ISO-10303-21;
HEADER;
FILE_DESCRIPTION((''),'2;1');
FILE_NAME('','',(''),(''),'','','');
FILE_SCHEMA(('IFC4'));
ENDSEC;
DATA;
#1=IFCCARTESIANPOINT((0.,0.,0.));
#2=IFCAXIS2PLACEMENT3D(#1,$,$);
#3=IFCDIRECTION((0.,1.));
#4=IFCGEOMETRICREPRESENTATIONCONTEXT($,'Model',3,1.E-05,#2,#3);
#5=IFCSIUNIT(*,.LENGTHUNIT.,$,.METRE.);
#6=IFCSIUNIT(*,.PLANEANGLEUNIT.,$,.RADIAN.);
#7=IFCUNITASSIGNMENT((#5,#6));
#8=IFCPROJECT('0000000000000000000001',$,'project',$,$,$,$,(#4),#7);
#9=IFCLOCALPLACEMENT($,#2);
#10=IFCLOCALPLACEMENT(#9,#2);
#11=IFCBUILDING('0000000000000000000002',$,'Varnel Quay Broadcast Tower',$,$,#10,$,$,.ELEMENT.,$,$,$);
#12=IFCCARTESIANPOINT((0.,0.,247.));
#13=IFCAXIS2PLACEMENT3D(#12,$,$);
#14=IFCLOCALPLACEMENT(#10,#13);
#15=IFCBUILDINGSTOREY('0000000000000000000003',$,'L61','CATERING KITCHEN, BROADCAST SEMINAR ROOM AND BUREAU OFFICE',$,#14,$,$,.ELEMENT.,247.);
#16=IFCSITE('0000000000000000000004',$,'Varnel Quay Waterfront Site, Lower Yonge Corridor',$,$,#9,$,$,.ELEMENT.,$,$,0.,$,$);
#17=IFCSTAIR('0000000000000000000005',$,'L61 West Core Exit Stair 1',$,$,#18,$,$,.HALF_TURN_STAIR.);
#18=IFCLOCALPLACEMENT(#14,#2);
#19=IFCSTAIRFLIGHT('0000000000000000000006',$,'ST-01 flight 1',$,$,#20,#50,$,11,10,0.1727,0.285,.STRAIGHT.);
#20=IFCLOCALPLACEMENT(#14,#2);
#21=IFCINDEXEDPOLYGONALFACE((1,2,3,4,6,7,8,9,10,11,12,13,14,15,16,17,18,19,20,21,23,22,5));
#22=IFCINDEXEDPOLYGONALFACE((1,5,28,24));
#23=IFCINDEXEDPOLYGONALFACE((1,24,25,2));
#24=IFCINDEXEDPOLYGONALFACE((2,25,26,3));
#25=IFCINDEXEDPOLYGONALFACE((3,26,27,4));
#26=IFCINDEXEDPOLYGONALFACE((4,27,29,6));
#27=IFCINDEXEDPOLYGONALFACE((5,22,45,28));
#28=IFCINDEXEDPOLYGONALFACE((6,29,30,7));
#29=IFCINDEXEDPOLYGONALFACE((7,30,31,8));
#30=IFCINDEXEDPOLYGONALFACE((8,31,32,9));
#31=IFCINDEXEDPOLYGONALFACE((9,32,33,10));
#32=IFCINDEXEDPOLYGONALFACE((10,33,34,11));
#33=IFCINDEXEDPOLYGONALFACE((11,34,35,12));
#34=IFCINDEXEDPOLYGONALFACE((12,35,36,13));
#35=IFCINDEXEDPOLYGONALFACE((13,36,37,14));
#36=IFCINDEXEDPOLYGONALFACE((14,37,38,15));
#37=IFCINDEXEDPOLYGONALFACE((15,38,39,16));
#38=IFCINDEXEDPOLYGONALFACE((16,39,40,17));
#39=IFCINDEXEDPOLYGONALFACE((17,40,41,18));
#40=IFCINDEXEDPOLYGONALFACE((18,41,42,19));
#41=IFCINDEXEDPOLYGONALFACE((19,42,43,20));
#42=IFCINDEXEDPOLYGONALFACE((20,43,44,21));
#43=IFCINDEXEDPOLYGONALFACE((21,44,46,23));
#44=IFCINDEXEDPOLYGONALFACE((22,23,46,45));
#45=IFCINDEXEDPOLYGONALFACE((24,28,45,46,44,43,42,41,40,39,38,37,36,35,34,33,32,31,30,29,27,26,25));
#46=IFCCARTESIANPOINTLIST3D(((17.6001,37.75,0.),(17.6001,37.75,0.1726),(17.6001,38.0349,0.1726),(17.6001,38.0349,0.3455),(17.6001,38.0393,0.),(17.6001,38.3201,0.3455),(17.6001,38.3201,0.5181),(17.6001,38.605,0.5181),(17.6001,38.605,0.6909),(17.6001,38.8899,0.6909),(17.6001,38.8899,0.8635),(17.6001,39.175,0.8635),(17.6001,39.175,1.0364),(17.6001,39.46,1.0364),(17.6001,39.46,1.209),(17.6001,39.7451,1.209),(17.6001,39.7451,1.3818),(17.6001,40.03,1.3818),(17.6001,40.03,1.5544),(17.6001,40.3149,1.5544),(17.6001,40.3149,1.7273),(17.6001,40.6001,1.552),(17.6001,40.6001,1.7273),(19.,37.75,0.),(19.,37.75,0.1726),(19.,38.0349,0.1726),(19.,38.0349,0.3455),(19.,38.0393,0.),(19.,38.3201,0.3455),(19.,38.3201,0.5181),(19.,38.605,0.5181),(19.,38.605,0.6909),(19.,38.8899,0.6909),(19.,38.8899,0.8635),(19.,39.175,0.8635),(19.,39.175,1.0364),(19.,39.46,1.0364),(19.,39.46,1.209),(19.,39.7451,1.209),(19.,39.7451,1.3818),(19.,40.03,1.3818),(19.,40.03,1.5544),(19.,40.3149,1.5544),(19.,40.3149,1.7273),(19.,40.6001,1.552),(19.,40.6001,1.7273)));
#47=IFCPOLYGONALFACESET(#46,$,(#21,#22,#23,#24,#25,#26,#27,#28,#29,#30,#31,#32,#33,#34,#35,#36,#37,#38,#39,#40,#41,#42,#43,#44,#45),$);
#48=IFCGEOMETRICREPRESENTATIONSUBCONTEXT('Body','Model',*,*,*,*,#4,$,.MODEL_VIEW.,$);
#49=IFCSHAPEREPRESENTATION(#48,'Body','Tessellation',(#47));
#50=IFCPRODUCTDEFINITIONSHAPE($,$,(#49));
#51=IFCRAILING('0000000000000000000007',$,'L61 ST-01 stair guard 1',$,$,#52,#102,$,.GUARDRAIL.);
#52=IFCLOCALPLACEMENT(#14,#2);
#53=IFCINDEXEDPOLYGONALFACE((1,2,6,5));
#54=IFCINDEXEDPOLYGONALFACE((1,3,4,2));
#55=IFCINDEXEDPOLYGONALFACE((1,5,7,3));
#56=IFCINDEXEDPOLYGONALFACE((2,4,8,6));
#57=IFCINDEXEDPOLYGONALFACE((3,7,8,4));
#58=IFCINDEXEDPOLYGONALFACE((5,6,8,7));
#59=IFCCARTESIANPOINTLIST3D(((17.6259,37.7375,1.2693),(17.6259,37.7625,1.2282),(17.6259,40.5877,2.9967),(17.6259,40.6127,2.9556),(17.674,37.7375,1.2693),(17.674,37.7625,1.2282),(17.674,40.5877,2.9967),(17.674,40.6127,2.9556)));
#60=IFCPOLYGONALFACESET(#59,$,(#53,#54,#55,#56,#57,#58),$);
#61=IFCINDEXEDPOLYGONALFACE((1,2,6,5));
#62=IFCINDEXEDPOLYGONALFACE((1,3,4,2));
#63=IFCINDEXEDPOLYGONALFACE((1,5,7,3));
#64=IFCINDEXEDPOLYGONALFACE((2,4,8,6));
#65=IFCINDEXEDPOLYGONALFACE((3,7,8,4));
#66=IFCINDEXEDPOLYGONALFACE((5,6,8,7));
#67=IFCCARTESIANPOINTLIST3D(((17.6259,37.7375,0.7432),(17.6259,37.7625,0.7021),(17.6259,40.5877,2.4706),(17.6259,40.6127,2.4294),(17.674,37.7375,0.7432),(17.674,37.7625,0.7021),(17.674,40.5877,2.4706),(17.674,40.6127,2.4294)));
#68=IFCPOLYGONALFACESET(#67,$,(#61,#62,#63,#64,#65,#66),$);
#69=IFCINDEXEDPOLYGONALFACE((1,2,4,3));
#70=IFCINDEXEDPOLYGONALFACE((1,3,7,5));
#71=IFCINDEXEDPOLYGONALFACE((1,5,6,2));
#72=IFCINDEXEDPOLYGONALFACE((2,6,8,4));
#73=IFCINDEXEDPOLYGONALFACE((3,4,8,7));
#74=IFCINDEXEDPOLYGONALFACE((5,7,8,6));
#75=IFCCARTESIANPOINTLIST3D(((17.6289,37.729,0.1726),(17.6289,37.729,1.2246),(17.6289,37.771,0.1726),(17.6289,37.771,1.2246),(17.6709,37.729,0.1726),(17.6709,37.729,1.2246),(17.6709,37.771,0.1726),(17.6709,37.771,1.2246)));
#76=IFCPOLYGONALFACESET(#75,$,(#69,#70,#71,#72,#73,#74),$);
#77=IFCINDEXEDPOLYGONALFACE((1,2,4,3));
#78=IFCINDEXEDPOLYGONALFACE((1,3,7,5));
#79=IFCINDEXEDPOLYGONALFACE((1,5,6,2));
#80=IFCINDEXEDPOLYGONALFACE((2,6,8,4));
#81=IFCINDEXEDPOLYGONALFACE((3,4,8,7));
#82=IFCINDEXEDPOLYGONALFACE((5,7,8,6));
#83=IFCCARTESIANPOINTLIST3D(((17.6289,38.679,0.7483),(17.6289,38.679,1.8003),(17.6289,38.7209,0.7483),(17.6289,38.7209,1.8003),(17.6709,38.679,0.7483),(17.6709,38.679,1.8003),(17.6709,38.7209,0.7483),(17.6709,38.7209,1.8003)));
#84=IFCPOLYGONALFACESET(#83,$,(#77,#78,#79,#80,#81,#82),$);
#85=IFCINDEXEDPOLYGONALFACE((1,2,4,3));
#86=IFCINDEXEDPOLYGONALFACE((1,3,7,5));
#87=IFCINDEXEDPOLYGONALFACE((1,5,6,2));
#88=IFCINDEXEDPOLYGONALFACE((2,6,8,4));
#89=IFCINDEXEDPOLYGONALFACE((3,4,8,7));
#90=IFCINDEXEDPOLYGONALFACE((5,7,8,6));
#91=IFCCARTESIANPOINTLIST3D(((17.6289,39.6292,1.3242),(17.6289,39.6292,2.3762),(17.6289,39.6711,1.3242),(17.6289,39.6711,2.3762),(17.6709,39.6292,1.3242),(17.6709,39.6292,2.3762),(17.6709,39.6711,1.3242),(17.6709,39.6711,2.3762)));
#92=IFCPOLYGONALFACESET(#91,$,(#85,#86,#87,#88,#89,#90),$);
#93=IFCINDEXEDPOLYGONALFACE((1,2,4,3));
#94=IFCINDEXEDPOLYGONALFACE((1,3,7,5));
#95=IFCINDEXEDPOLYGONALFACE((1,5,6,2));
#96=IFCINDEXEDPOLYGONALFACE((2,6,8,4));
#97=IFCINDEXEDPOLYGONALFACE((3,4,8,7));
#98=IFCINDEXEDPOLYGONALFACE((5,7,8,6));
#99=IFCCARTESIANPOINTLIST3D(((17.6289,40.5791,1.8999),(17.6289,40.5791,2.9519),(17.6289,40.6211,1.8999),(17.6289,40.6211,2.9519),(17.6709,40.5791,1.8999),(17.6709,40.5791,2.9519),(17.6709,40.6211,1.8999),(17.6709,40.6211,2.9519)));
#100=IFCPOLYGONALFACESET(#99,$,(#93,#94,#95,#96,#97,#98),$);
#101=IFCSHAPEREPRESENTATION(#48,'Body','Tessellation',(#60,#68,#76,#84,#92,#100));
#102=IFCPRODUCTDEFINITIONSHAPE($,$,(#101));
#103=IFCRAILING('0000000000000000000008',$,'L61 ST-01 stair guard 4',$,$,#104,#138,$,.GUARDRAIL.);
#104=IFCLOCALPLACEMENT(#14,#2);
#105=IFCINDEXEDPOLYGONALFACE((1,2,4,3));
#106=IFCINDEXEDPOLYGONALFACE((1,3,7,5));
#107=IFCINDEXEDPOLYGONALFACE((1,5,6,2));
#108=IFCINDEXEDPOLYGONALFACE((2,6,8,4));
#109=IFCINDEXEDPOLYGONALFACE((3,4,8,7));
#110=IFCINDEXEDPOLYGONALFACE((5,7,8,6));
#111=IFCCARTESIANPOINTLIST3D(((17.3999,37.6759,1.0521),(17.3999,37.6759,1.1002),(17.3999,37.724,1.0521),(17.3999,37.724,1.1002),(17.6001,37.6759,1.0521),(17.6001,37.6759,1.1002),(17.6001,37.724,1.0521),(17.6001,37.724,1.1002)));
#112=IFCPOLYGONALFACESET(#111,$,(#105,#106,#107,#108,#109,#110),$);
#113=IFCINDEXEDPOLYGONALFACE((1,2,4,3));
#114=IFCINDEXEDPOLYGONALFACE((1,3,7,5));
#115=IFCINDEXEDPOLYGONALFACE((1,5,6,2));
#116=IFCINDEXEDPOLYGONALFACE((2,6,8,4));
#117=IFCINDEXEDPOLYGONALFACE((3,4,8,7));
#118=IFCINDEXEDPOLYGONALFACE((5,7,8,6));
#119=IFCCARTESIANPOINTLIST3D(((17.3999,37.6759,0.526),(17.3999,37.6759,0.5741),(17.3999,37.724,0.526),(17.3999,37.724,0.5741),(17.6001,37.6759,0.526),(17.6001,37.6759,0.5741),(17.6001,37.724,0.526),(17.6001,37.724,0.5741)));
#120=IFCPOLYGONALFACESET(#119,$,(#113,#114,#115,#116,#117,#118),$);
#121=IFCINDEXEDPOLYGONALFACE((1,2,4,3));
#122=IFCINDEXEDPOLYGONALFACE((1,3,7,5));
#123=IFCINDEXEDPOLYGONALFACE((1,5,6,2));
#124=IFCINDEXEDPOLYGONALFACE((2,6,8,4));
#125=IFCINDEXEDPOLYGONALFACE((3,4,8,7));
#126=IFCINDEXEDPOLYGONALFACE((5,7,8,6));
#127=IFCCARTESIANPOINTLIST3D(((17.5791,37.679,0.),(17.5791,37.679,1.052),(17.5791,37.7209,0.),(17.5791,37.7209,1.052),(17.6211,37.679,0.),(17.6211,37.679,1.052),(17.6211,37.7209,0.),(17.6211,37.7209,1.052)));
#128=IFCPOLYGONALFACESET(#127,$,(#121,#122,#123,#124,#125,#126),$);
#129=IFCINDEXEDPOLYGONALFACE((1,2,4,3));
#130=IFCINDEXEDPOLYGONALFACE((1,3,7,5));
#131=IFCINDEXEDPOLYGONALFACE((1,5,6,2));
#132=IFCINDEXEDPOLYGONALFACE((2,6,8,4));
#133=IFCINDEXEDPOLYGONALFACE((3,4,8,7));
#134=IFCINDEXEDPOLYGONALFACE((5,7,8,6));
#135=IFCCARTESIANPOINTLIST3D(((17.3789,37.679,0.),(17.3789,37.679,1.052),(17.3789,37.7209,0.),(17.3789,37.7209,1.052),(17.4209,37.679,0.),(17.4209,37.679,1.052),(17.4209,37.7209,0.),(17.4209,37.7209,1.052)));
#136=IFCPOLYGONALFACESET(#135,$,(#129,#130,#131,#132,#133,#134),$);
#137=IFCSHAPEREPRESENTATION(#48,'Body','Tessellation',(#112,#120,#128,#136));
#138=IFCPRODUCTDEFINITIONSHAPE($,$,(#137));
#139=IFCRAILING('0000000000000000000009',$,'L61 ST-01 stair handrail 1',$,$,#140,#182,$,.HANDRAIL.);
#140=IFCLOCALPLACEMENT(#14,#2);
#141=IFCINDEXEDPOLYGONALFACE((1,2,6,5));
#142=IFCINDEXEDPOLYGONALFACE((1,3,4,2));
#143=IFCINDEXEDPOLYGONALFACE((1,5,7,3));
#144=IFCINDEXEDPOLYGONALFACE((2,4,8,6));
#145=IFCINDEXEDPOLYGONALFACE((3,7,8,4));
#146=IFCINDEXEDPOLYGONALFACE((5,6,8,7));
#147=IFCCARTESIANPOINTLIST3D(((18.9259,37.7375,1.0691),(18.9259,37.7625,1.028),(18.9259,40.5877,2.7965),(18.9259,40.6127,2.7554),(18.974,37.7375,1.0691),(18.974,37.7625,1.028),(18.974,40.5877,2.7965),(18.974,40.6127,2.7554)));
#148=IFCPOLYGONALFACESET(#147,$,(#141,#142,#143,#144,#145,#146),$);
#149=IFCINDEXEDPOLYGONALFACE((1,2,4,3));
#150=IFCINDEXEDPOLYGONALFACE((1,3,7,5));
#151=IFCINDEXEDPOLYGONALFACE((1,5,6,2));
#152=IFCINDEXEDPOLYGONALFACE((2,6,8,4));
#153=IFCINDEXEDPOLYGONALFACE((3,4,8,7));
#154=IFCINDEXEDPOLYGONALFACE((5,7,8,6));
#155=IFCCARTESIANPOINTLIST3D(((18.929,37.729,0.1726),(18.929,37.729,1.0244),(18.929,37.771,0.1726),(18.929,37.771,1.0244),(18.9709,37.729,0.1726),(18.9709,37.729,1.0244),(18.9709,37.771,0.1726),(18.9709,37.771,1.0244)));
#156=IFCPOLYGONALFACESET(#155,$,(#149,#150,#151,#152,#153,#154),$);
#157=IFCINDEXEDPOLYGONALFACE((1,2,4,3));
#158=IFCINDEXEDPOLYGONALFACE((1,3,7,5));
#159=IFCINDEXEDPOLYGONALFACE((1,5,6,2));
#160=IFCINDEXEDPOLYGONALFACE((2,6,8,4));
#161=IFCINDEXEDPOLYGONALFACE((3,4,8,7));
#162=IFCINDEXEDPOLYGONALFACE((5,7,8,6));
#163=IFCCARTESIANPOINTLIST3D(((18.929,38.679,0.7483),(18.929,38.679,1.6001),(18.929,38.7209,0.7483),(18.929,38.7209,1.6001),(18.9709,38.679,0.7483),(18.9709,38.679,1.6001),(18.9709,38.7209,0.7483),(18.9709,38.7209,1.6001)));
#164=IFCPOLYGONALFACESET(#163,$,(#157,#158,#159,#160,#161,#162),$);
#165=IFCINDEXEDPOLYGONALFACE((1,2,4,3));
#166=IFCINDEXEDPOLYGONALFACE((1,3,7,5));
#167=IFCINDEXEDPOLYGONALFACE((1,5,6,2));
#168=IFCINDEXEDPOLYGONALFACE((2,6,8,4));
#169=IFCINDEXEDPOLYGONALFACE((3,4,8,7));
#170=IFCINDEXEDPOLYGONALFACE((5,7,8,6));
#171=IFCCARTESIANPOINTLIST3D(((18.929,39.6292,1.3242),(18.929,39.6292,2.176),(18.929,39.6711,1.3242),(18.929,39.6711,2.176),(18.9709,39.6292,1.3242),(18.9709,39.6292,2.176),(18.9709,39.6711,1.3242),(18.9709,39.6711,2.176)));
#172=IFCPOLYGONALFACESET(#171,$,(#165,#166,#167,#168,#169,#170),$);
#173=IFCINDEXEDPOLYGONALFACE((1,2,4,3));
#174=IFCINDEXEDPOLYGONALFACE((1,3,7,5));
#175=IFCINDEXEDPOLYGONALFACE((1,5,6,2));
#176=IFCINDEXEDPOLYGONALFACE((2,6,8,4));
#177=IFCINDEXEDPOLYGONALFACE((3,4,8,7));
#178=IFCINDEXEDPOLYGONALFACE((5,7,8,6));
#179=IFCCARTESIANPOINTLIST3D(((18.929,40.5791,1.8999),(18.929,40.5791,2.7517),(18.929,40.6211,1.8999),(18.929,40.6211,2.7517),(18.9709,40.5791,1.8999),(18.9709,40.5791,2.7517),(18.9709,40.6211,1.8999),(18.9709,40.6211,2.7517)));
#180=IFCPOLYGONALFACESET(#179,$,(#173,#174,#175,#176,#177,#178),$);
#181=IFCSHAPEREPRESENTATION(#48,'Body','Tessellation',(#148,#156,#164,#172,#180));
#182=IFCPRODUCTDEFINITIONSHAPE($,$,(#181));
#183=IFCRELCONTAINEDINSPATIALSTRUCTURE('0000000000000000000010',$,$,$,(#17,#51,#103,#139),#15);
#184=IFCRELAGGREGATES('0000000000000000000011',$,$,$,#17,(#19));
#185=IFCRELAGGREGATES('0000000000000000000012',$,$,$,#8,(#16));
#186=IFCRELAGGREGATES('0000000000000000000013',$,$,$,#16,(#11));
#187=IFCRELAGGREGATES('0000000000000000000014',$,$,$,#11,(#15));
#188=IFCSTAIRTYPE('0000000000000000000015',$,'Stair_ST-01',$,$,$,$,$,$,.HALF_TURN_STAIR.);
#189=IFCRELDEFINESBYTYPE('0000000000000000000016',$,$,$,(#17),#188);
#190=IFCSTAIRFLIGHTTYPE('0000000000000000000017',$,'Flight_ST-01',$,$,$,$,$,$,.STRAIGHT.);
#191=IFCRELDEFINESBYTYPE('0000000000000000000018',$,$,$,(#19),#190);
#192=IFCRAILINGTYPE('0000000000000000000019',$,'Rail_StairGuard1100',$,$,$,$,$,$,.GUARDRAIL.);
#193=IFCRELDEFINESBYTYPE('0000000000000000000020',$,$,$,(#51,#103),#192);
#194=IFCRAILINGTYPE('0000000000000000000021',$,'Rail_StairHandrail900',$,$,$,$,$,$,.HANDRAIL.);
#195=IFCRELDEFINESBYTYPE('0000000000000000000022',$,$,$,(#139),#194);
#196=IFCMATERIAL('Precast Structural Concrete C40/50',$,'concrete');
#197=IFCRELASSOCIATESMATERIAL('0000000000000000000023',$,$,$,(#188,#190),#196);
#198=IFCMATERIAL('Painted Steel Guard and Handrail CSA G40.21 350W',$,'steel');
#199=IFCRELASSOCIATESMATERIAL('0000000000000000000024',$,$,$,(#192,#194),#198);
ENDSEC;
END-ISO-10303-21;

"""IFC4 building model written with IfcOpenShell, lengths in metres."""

from ifc_helpers import new_model, si_unit, direction, frame, origin, origin_2d, place, context, subcontext, project, spatial, polyline, rectangle, outline, extrude, material, type_object, element, aggregate, save


model = new_model("IFC4")

# Units and contexts
model_context = context("Model", 3, precision=1e-05, world=origin(), true_north=direction((0.0, 1.0)))
body_context = subcontext(model_context, "Body", "Model", "MODEL_VIEW")
ifc_project = project(units=[si_unit("LENGTHUNIT", "METRE"), si_unit("PLANEANGLEUNIT", "RADIAN")], contexts=[model_context])

# Site, building, storey
site_placement = place(None, origin())
site = spatial("IfcSite", under=ifc_project, at=site_placement, Name="Varnel Quay Waterfront Site, Lower Yonge Corridor", CompositionType="ELEMENT", RefElevation=0.0)
building_placement = place(site_placement, origin())
building = spatial("IfcBuilding", under=site, at=building_placement, Name="Varnel Quay Broadcast Tower", CompositionType="ELEMENT")
storey_placement = place(building_placement, frame((0.0, 0.0, 247.0)))
storey = spatial("IfcBuildingStorey", under=building, at=storey_placement, Name="L61", Description="CATERING KITCHEN, BROADCAST SEMINAR ROOM AND BUREAU OFFICE", CompositionType="ELEMENT", Elevation=247.0)

# Stair, stair flight
ifc_material_1 = material(Name="Precast Structural Concrete C40/50", Category="concrete")
stair_type = type_object("IfcStairType", Name="Stair_ST-01", PredefinedType="HALF_TURN_STAIR", material=ifc_material_1)
stair_placement = place(storey_placement, origin())
stair = element("IfcStair", 1, at=stair_placement, inside=storey, type_object=stair_type, Name="L61 West Core Exit Stair 1", PredefinedType="HALF_TURN_STAIR")
stair_flight_type = type_object("IfcStairFlightType", Name="Flight_ST-01", PredefinedType="STRAIGHT", material=ifc_material_1)
stair_flight_placement = place(storey_placement, frame((18.3, 37.75, 0.0), z_axis=(0.0, 0.0, 1.0), x_axis=(0.0, 1.0, 0.0)))
stair_flight = element("IfcStairFlight", 2, at=stair_flight_placement, type_object=stair_flight_type, Name="ST-01 flight 1", NumberOfRisers=11, NumberOfTreads=10, PredefinedType="STRAIGHT", RiserHeight=0.1727, TreadLength=0.285, context=body_context, shape_type="SweptSolid", body=[
    extrude(outline(polyline([(0.0, 0.0), (0.0, 0.1726), (0.2849, 0.1726), (0.2849, 0.3455), (0.5701, 0.3455), (0.5701, 0.5181), (0.855, 0.5181), (0.855, 0.6909), (1.1399, 0.6909), (1.1399, 0.8635), (1.425, 0.8635), (1.425, 1.0364), (1.71, 1.0364), (1.71, 1.209), (1.9951, 1.209), (1.9951, 1.3818), (2.28, 1.3818), (2.28, 1.5544), (2.5649, 1.5544), (2.5649, 1.7273), (2.8501, 1.7273), (2.8501, 1.8999), (2.8501, 1.552), (0.2893, 0.0), (0.0, 0.0)])), frame((0.0, 0.7, 0.0), z_axis=(0.0, -1.0, 0.0), x_axis=(1.0, 0.0, 0.0)), (0.0, 0.0, 1.0), 1.3999),
])
aggregate(stair, [stair_flight])

# Railings
ifc_material_2 = material(Name="Painted Steel Guard and Handrail CSA G40.21 350W", Category="steel")
railing_type_1 = type_object("IfcRailingType", Name="Rail_StairGuard1100", PredefinedType="GUARDRAIL", material=ifc_material_2)
railing_1_placement = place(storey_placement, frame((17.6499, 37.75, 0.1726)))
element("IfcRailing", 3, at=railing_1_placement, inside=storey, type_object=railing_type_1, Name="L61 ST-01 stair guard 1", PredefinedType="GUARDRAIL", context=body_context, shape_type="SweptSolid", body=[
    extrude(rectangle(XDim=0.0481, YDim=0.0481, at=origin_2d()), frame((0.0, 0.0, 1.0762), z_axis=(0.0, 0.855203, 0.518294), x_axis=(-1.0, 0.0, 0.0)), (0.0, 0.0, 1.0), 3.3328),
    extrude(rectangle(XDim=0.0481, YDim=0.0481, at=origin_2d()), frame((0.0, 0.0, 0.55), z_axis=(0.0, 0.855203, 0.518294), x_axis=(-1.0, 0.0, 0.0)), (0.0, 0.0, 1.0), 3.3328),
    extrude(rectangle(XDim=0.042, YDim=0.042, at=origin_2d()), origin(), (0.0, 0.0, 1.0), 1.052),
    extrude(rectangle(XDim=0.042, YDim=0.042, at=origin_2d()), frame((0.0, 0.95, 0.5757)), (0.0, 0.0, 1.0), 1.052),
    extrude(rectangle(XDim=0.042, YDim=0.042, at=origin_2d()), frame((0.0, 1.9001, 1.1516)), (0.0, 0.0, 1.0), 1.052),
    extrude(rectangle(XDim=0.042, YDim=0.042, at=origin_2d()), frame((0.0, 2.8501, 1.7273)), (0.0, 0.0, 1.0), 1.052),
])
railing_2_placement = place(storey_placement, frame((17.6001, 37.7, 0.0)))
element("IfcRailing", 4, at=railing_2_placement, inside=storey, type_object=railing_type_1, Name="L61 ST-01 stair guard 4", PredefinedType="GUARDRAIL", context=body_context, shape_type="SweptSolid", body=[
    extrude(rectangle(XDim=0.0481, YDim=0.0481, at=origin_2d()), frame((0.0, 0.0, 1.0762), z_axis=(-1.0, 0.0, 0.0), x_axis=(0.0, -1.0, 0.0)), (0.0, 0.0, 1.0), 0.2002),
    extrude(rectangle(XDim=0.0481, YDim=0.0481, at=origin_2d()), frame((0.0, 0.0, 0.55), z_axis=(-1.0, 0.0, 0.0), x_axis=(0.0, -1.0, 0.0)), (0.0, 0.0, 1.0), 0.2002),
    extrude(rectangle(XDim=0.042, YDim=0.042, at=origin_2d()), origin(), (0.0, 0.0, 1.0), 1.052),
    extrude(rectangle(XDim=0.042, YDim=0.042, at=origin_2d()), frame((-0.2002, 0.0, 0.0)), (0.0, 0.0, 1.0), 1.052),
])
railing_type_2 = type_object("IfcRailingType", Name="Rail_StairHandrail900", PredefinedType="HANDRAIL", material=ifc_material_2)
railing_3_placement = place(storey_placement, frame((18.95, 37.75, 0.1726)))
element("IfcRailing", 5, at=railing_3_placement, inside=storey, type_object=railing_type_2, Name="L61 ST-01 stair handrail 1", PredefinedType="HANDRAIL", context=body_context, shape_type="SweptSolid", body=[
    extrude(rectangle(XDim=0.0481, YDim=0.0481, at=origin_2d()), frame((0.0, 0.0, 0.876), z_axis=(0.0, 0.855203, 0.518294), x_axis=(-1.0, 0.0, 0.0)), (0.0, 0.0, 1.0), 3.3328),
    extrude(rectangle(XDim=0.042, YDim=0.042, at=origin_2d()), origin(), (0.0, 0.0, 1.0), 0.8518),
    extrude(rectangle(XDim=0.042, YDim=0.042, at=origin_2d()), frame((0.0, 0.95, 0.5757)), (0.0, 0.0, 1.0), 0.8518),
    extrude(rectangle(XDim=0.042, YDim=0.042, at=origin_2d()), frame((0.0, 1.9001, 1.1516)), (0.0, 0.0, 1.0), 0.8518),
    extrude(rectangle(XDim=0.042, YDim=0.042, at=origin_2d()), frame((0.0, 2.8501, 1.7273)), (0.0, 0.0, 1.0), 0.8518),
])

save(model, "model.ifc")
